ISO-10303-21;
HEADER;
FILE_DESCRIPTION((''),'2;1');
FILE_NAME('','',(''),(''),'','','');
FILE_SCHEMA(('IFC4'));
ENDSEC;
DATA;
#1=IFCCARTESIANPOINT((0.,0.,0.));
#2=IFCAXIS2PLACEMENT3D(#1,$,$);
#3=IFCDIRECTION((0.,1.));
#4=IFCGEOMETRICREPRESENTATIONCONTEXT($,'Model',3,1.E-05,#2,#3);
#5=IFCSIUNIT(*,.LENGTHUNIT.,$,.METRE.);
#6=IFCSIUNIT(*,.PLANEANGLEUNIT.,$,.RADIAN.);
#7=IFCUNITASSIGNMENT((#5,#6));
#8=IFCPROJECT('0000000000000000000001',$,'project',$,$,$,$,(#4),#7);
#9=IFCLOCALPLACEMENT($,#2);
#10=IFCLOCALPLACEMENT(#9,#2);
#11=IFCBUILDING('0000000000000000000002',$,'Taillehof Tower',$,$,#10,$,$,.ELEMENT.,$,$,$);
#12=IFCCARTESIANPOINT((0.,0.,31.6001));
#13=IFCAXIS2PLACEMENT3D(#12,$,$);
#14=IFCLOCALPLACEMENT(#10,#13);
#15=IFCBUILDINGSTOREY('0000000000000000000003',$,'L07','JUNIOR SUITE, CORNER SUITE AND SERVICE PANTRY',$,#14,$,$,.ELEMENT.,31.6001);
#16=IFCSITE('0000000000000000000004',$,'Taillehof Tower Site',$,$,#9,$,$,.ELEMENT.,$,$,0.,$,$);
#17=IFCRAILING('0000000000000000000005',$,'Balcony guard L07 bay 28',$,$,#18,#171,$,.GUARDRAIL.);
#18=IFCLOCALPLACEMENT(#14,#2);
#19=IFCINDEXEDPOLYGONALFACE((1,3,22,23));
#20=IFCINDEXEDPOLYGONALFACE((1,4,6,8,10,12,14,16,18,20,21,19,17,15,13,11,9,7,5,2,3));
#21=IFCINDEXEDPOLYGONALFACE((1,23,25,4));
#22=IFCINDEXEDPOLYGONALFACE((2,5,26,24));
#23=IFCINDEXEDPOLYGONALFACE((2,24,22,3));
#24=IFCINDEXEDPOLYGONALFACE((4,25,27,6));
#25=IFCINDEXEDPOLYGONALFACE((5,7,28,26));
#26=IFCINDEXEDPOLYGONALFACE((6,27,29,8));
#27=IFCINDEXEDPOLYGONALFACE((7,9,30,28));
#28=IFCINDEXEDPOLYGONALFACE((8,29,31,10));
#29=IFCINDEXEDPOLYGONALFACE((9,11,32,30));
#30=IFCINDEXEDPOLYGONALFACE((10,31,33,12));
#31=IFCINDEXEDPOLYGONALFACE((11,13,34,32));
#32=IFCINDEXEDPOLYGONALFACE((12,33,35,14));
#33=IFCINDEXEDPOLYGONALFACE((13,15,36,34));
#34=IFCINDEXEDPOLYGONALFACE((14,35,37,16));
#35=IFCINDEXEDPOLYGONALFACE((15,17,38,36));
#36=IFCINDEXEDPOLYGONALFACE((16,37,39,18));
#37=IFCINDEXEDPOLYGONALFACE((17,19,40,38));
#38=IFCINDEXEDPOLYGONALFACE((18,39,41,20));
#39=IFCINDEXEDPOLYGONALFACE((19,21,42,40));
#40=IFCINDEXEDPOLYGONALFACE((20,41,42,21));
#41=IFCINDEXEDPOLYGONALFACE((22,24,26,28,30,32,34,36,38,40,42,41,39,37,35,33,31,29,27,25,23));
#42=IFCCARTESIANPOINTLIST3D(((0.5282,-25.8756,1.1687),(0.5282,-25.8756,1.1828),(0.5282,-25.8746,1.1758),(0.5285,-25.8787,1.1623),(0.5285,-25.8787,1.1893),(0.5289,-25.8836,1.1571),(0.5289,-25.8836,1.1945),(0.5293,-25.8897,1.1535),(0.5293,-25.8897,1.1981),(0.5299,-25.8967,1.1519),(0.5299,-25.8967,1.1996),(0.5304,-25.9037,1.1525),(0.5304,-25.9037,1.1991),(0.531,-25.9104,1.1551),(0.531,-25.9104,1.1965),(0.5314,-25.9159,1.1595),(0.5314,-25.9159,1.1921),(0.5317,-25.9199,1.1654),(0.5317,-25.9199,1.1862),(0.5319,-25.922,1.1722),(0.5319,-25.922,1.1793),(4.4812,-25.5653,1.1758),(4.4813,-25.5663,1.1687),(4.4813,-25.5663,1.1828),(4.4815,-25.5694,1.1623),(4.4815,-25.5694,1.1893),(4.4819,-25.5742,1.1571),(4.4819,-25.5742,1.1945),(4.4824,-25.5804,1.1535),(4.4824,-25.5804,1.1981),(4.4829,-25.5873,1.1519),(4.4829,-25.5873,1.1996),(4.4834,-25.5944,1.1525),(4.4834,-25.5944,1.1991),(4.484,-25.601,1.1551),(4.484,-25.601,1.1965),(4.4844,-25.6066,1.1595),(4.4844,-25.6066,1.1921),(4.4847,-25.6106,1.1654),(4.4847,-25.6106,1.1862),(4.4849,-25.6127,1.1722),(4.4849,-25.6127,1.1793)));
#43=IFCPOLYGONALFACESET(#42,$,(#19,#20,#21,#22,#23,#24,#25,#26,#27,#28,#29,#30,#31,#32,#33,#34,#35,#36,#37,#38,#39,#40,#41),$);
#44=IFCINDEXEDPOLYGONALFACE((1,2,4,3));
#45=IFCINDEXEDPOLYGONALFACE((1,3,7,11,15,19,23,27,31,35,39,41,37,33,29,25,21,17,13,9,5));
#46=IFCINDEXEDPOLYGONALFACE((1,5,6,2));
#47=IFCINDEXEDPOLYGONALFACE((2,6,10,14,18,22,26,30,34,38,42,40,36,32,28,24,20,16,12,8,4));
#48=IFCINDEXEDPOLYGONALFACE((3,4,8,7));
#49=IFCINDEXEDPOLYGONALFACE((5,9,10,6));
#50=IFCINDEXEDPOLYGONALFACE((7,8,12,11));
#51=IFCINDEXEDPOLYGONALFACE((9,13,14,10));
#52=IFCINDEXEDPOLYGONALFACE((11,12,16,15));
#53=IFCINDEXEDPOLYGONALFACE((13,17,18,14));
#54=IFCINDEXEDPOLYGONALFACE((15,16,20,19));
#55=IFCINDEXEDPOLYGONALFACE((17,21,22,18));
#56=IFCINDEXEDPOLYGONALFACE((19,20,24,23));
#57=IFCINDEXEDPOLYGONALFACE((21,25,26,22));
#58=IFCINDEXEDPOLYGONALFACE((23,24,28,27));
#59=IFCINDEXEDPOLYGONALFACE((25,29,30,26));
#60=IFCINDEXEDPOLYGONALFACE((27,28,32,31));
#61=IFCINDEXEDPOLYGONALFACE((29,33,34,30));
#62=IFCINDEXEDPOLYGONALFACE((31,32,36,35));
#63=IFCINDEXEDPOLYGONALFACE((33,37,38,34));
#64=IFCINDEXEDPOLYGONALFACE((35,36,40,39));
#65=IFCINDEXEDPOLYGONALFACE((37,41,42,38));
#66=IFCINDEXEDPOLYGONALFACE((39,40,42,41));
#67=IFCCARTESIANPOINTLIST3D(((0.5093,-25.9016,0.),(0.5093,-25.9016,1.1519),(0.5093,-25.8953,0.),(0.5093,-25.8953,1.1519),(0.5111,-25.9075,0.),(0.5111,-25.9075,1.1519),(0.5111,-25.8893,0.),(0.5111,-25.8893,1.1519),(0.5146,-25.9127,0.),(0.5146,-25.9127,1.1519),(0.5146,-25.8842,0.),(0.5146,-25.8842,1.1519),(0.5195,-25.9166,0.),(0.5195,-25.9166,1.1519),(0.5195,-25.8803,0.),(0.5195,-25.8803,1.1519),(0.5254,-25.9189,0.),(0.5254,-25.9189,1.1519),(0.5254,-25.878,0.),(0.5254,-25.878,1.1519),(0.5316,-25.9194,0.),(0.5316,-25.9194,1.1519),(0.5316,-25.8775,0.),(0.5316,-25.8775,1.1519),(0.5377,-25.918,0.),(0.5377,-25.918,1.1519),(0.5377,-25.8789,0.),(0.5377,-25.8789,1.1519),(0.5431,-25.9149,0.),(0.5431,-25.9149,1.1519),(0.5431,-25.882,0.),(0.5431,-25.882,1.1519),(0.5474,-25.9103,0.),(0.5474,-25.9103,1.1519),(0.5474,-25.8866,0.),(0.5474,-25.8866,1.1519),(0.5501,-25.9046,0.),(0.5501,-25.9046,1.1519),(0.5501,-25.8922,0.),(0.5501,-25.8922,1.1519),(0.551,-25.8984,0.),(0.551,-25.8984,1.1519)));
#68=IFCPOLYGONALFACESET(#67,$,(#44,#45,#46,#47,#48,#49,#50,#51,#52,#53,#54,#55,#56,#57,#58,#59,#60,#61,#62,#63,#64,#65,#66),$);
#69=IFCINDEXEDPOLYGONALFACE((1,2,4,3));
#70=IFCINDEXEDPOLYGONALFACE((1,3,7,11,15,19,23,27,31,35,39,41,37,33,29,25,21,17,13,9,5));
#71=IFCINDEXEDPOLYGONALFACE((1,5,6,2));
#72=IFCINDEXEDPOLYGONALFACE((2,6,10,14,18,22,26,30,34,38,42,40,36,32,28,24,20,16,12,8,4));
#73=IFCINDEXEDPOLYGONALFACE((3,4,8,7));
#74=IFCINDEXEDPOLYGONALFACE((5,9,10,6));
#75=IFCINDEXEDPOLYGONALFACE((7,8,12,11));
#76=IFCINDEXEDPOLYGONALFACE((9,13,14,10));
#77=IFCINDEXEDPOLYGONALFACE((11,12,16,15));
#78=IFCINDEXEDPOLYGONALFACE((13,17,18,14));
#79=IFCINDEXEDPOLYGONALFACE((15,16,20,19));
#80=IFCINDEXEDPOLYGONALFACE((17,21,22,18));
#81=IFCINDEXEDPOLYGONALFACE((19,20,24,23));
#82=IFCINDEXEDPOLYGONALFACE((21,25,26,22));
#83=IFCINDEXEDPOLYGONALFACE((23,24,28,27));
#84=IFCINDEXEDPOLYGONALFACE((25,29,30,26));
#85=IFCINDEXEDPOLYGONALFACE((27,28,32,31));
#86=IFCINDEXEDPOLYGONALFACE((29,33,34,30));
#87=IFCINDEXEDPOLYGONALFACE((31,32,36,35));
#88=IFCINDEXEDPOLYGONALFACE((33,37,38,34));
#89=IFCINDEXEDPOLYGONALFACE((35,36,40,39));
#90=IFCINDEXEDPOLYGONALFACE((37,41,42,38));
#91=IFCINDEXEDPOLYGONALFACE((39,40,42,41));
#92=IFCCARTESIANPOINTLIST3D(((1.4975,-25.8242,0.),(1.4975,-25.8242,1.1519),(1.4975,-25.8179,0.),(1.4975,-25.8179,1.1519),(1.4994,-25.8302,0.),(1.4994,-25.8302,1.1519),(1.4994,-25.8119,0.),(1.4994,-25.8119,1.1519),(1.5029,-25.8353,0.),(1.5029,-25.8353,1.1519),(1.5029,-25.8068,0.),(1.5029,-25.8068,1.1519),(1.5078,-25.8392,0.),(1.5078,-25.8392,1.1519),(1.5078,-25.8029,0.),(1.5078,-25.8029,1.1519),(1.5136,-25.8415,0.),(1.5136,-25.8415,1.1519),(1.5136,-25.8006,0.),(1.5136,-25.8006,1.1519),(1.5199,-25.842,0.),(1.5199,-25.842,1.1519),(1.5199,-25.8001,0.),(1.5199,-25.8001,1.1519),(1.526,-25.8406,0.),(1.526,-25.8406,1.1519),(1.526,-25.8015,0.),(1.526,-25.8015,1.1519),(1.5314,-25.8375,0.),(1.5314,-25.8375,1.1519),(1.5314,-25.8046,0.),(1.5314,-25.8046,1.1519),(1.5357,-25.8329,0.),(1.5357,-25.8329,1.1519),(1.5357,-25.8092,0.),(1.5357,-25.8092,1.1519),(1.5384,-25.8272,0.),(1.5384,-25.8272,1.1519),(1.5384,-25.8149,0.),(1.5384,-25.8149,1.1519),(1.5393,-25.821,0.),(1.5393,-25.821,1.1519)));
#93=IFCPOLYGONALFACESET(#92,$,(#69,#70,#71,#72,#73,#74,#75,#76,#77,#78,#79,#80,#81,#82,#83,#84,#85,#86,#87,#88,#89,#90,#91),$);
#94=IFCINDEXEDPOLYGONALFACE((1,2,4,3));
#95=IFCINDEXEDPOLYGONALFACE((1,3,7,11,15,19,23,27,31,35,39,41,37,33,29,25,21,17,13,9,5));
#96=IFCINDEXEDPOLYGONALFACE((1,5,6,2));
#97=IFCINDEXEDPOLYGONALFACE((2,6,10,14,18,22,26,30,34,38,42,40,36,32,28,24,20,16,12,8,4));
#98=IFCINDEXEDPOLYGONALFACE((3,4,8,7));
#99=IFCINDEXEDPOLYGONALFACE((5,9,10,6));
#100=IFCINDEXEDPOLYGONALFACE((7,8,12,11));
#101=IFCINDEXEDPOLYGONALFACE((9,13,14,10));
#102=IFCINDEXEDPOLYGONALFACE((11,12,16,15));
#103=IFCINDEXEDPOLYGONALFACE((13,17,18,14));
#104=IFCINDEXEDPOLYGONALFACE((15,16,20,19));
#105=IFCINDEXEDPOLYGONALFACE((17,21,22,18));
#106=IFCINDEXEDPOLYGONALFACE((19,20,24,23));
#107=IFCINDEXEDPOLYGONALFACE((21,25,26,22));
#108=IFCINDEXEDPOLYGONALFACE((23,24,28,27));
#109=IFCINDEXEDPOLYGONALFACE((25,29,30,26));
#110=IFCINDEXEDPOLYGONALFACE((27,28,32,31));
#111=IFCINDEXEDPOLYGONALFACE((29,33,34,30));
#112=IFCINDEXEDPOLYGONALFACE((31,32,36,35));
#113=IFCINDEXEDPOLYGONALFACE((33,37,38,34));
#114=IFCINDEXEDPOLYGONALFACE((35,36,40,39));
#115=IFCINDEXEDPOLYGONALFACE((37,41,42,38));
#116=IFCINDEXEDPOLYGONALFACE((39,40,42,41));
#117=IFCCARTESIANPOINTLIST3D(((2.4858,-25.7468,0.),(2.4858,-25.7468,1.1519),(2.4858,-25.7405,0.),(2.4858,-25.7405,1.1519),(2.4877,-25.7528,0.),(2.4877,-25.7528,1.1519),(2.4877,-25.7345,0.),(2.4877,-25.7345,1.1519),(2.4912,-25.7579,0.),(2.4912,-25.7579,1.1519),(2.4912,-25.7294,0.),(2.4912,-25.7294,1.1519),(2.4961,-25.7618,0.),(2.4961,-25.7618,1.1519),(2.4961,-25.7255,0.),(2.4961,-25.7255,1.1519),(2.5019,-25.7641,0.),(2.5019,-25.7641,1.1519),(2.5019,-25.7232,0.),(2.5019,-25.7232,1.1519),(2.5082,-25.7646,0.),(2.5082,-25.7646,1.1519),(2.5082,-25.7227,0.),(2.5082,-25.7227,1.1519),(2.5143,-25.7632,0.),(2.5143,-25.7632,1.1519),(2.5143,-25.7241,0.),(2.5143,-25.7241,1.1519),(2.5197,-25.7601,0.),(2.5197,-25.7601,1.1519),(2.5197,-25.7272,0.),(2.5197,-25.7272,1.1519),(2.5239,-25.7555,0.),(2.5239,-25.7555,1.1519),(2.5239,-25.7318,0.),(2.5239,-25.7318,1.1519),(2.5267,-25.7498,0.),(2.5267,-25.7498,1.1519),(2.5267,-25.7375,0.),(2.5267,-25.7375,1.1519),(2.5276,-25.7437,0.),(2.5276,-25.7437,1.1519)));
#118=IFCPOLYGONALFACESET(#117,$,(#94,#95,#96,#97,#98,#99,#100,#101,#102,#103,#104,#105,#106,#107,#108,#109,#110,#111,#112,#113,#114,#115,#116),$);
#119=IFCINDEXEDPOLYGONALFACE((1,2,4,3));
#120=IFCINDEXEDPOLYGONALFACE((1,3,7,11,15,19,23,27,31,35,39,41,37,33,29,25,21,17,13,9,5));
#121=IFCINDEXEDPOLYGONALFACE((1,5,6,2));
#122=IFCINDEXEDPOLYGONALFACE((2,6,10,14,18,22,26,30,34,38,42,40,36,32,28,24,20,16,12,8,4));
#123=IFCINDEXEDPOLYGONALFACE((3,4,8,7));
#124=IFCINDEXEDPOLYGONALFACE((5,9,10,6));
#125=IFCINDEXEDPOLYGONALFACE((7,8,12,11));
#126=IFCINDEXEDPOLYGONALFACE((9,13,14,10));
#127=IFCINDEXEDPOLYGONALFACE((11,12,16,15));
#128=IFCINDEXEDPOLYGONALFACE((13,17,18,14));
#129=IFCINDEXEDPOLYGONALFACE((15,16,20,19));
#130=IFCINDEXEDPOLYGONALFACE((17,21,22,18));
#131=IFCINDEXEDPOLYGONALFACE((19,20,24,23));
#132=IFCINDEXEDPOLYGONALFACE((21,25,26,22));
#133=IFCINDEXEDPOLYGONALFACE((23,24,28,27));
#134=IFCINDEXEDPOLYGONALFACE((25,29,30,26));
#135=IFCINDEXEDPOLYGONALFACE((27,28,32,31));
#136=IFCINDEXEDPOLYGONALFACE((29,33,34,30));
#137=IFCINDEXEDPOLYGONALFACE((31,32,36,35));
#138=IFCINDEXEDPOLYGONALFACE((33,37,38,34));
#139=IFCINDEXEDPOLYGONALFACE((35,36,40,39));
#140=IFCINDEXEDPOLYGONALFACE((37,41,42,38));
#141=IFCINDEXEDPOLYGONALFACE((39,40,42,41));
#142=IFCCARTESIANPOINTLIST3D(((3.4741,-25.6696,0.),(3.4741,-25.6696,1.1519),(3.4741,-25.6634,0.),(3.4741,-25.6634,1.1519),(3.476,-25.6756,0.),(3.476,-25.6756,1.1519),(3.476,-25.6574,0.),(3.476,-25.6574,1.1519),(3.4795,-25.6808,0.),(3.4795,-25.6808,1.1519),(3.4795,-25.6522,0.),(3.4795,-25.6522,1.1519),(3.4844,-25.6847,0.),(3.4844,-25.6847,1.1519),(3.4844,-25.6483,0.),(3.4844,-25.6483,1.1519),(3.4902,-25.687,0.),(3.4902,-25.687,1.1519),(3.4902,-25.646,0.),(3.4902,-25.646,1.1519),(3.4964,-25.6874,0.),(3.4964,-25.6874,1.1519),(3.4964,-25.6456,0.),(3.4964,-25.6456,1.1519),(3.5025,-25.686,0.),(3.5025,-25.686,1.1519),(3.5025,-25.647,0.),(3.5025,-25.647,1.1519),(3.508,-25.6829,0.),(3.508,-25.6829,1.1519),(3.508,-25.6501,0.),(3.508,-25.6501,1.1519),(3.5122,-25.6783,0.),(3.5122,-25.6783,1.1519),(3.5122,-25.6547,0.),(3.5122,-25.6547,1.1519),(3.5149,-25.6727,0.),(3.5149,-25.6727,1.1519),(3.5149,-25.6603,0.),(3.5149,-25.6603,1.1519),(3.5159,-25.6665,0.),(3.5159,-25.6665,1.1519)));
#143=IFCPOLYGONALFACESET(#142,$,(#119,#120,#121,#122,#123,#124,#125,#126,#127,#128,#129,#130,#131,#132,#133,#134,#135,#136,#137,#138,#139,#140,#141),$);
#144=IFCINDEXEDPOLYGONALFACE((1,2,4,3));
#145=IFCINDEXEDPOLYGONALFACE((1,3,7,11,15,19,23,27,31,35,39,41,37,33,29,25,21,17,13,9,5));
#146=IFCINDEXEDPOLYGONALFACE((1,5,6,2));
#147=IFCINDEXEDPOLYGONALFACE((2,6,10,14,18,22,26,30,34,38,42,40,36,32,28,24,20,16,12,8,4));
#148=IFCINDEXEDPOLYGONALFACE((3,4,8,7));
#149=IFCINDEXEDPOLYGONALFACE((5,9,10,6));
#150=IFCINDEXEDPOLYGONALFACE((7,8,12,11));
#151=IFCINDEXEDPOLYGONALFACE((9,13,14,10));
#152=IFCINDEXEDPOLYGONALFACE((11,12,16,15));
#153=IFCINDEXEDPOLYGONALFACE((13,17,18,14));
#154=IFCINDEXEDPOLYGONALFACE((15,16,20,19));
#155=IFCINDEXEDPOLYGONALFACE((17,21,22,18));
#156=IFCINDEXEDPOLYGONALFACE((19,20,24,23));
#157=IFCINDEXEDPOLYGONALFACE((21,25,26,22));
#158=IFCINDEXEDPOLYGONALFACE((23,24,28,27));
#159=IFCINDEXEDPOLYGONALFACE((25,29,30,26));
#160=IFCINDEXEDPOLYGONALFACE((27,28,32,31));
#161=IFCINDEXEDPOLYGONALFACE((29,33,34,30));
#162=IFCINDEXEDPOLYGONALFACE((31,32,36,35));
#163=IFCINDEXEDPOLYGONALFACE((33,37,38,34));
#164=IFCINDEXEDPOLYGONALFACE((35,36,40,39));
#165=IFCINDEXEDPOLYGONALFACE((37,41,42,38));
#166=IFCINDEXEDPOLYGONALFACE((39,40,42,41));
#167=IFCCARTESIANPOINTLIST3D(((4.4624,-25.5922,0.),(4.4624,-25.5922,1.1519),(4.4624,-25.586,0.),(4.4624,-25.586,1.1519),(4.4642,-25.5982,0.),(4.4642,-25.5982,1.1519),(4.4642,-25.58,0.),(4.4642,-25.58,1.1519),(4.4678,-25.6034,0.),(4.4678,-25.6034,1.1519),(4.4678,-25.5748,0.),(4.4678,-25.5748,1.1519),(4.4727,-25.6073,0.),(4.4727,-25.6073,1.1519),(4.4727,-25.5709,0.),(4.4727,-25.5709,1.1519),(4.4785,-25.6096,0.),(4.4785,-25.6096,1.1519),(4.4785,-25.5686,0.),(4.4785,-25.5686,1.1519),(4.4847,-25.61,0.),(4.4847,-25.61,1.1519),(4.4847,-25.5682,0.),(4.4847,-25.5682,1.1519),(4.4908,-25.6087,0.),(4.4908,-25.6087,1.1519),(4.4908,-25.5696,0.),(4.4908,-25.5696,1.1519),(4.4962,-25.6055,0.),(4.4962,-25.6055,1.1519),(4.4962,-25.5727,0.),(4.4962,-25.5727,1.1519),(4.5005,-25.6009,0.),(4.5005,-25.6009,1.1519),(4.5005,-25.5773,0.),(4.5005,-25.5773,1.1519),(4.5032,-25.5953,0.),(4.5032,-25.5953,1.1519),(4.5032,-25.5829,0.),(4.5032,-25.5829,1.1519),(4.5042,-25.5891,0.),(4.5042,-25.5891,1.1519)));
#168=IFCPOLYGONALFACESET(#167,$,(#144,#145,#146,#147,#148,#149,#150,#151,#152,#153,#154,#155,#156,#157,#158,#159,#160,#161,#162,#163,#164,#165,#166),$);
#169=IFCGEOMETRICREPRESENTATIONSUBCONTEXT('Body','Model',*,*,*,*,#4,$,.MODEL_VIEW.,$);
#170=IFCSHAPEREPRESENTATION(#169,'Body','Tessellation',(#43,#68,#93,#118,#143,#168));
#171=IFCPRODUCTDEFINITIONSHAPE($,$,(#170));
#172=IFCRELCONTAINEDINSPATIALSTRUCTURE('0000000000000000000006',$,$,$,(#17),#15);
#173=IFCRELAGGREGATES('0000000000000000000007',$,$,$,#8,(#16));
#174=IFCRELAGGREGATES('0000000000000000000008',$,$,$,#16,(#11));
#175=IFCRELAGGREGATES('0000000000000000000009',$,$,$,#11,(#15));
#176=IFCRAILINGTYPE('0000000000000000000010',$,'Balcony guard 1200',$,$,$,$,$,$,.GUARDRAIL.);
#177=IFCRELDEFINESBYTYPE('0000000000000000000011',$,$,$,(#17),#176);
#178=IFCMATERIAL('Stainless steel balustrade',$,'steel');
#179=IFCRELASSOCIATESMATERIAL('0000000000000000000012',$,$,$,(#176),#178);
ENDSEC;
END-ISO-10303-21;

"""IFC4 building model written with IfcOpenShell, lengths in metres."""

from ifc_helpers import new_model, si_unit, direction, frame, origin, origin_2d, place, context, subcontext, project, spatial, circle, extrude, material, type_object, element, save


model = new_model("IFC4")

# Units and contexts
model_context = context("Model", 3, precision=1e-05, world=origin(), true_north=direction((0.0, 1.0)))
body_context = subcontext(model_context, "Body", "Model", "MODEL_VIEW")
ifc_project = project(units=[si_unit("LENGTHUNIT", "METRE"), si_unit("PLANEANGLEUNIT", "RADIAN")], contexts=[model_context])

# Site, building, storey
site_placement = place(None, origin())
site = spatial("IfcSite", under=ifc_project, at=site_placement, Name="Taillehof Tower Site", CompositionType="ELEMENT", RefElevation=0.0)
building_placement = place(site_placement, origin())
building = spatial("IfcBuilding", under=site, at=building_placement, Name="Taillehof Tower", CompositionType="ELEMENT")
storey_placement = place(building_placement, frame((0.0, 0.0, 31.6001)))
storey = spatial("IfcBuildingStorey", under=building, at=storey_placement, Name="L07", Description="JUNIOR SUITE, CORNER SUITE AND SERVICE PANTRY", CompositionType="ELEMENT", Elevation=31.6001)

# Railing
ifc_material_1 = material(Name="Stainless steel balustrade", Category="steel")
railing_type = type_object("IfcRailingType", Name="Balcony guard 1200", PredefinedType="GUARDRAIL", material=ifc_material_1)
railing_1_placement = place(storey_placement, frame((0.53, -25.8984, 0.0)))
element("IfcRailing", 1, at=railing_1_placement, inside=storey, type_object=railing_type, Name="Balcony guard L07 bay 28", PredefinedType="GUARDRAIL", context=body_context, shape_type="SweptSolid", body=[
    extrude(circle(Radius=0.0239, at=origin_2d()), frame((0.0, 0.0, 1.1758), z_axis=(0.996953, 0.07801, 0.0), x_axis=(-0.07801, 0.996953, 0.0)), (0.0, 0.0, 1.0), 3.9651),
    extrude(circle(Radius=0.021, at=origin_2d()), origin(), (0.0, 0.0, 1.0), 1.1519),
    extrude(circle(Radius=0.021, at=origin_2d()), frame((0.9883, 0.0774, 0.0)), (0.0, 0.0, 1.0), 1.1519),
    extrude(circle(Radius=0.021, at=origin_2d()), frame((1.9766, 0.1548, 0.0)), (0.0, 0.0, 1.0), 1.1519),
    extrude(circle(Radius=0.021, at=origin_2d()), frame((2.9648, 0.2319, 0.0)), (0.0, 0.0, 1.0), 1.1519),
    extrude(circle(Radius=0.021, at=origin_2d()), frame((3.9531, 0.3093, 0.0)), (0.0, 0.0, 1.0), 1.1519),
])

save(model, "model.ifc")
